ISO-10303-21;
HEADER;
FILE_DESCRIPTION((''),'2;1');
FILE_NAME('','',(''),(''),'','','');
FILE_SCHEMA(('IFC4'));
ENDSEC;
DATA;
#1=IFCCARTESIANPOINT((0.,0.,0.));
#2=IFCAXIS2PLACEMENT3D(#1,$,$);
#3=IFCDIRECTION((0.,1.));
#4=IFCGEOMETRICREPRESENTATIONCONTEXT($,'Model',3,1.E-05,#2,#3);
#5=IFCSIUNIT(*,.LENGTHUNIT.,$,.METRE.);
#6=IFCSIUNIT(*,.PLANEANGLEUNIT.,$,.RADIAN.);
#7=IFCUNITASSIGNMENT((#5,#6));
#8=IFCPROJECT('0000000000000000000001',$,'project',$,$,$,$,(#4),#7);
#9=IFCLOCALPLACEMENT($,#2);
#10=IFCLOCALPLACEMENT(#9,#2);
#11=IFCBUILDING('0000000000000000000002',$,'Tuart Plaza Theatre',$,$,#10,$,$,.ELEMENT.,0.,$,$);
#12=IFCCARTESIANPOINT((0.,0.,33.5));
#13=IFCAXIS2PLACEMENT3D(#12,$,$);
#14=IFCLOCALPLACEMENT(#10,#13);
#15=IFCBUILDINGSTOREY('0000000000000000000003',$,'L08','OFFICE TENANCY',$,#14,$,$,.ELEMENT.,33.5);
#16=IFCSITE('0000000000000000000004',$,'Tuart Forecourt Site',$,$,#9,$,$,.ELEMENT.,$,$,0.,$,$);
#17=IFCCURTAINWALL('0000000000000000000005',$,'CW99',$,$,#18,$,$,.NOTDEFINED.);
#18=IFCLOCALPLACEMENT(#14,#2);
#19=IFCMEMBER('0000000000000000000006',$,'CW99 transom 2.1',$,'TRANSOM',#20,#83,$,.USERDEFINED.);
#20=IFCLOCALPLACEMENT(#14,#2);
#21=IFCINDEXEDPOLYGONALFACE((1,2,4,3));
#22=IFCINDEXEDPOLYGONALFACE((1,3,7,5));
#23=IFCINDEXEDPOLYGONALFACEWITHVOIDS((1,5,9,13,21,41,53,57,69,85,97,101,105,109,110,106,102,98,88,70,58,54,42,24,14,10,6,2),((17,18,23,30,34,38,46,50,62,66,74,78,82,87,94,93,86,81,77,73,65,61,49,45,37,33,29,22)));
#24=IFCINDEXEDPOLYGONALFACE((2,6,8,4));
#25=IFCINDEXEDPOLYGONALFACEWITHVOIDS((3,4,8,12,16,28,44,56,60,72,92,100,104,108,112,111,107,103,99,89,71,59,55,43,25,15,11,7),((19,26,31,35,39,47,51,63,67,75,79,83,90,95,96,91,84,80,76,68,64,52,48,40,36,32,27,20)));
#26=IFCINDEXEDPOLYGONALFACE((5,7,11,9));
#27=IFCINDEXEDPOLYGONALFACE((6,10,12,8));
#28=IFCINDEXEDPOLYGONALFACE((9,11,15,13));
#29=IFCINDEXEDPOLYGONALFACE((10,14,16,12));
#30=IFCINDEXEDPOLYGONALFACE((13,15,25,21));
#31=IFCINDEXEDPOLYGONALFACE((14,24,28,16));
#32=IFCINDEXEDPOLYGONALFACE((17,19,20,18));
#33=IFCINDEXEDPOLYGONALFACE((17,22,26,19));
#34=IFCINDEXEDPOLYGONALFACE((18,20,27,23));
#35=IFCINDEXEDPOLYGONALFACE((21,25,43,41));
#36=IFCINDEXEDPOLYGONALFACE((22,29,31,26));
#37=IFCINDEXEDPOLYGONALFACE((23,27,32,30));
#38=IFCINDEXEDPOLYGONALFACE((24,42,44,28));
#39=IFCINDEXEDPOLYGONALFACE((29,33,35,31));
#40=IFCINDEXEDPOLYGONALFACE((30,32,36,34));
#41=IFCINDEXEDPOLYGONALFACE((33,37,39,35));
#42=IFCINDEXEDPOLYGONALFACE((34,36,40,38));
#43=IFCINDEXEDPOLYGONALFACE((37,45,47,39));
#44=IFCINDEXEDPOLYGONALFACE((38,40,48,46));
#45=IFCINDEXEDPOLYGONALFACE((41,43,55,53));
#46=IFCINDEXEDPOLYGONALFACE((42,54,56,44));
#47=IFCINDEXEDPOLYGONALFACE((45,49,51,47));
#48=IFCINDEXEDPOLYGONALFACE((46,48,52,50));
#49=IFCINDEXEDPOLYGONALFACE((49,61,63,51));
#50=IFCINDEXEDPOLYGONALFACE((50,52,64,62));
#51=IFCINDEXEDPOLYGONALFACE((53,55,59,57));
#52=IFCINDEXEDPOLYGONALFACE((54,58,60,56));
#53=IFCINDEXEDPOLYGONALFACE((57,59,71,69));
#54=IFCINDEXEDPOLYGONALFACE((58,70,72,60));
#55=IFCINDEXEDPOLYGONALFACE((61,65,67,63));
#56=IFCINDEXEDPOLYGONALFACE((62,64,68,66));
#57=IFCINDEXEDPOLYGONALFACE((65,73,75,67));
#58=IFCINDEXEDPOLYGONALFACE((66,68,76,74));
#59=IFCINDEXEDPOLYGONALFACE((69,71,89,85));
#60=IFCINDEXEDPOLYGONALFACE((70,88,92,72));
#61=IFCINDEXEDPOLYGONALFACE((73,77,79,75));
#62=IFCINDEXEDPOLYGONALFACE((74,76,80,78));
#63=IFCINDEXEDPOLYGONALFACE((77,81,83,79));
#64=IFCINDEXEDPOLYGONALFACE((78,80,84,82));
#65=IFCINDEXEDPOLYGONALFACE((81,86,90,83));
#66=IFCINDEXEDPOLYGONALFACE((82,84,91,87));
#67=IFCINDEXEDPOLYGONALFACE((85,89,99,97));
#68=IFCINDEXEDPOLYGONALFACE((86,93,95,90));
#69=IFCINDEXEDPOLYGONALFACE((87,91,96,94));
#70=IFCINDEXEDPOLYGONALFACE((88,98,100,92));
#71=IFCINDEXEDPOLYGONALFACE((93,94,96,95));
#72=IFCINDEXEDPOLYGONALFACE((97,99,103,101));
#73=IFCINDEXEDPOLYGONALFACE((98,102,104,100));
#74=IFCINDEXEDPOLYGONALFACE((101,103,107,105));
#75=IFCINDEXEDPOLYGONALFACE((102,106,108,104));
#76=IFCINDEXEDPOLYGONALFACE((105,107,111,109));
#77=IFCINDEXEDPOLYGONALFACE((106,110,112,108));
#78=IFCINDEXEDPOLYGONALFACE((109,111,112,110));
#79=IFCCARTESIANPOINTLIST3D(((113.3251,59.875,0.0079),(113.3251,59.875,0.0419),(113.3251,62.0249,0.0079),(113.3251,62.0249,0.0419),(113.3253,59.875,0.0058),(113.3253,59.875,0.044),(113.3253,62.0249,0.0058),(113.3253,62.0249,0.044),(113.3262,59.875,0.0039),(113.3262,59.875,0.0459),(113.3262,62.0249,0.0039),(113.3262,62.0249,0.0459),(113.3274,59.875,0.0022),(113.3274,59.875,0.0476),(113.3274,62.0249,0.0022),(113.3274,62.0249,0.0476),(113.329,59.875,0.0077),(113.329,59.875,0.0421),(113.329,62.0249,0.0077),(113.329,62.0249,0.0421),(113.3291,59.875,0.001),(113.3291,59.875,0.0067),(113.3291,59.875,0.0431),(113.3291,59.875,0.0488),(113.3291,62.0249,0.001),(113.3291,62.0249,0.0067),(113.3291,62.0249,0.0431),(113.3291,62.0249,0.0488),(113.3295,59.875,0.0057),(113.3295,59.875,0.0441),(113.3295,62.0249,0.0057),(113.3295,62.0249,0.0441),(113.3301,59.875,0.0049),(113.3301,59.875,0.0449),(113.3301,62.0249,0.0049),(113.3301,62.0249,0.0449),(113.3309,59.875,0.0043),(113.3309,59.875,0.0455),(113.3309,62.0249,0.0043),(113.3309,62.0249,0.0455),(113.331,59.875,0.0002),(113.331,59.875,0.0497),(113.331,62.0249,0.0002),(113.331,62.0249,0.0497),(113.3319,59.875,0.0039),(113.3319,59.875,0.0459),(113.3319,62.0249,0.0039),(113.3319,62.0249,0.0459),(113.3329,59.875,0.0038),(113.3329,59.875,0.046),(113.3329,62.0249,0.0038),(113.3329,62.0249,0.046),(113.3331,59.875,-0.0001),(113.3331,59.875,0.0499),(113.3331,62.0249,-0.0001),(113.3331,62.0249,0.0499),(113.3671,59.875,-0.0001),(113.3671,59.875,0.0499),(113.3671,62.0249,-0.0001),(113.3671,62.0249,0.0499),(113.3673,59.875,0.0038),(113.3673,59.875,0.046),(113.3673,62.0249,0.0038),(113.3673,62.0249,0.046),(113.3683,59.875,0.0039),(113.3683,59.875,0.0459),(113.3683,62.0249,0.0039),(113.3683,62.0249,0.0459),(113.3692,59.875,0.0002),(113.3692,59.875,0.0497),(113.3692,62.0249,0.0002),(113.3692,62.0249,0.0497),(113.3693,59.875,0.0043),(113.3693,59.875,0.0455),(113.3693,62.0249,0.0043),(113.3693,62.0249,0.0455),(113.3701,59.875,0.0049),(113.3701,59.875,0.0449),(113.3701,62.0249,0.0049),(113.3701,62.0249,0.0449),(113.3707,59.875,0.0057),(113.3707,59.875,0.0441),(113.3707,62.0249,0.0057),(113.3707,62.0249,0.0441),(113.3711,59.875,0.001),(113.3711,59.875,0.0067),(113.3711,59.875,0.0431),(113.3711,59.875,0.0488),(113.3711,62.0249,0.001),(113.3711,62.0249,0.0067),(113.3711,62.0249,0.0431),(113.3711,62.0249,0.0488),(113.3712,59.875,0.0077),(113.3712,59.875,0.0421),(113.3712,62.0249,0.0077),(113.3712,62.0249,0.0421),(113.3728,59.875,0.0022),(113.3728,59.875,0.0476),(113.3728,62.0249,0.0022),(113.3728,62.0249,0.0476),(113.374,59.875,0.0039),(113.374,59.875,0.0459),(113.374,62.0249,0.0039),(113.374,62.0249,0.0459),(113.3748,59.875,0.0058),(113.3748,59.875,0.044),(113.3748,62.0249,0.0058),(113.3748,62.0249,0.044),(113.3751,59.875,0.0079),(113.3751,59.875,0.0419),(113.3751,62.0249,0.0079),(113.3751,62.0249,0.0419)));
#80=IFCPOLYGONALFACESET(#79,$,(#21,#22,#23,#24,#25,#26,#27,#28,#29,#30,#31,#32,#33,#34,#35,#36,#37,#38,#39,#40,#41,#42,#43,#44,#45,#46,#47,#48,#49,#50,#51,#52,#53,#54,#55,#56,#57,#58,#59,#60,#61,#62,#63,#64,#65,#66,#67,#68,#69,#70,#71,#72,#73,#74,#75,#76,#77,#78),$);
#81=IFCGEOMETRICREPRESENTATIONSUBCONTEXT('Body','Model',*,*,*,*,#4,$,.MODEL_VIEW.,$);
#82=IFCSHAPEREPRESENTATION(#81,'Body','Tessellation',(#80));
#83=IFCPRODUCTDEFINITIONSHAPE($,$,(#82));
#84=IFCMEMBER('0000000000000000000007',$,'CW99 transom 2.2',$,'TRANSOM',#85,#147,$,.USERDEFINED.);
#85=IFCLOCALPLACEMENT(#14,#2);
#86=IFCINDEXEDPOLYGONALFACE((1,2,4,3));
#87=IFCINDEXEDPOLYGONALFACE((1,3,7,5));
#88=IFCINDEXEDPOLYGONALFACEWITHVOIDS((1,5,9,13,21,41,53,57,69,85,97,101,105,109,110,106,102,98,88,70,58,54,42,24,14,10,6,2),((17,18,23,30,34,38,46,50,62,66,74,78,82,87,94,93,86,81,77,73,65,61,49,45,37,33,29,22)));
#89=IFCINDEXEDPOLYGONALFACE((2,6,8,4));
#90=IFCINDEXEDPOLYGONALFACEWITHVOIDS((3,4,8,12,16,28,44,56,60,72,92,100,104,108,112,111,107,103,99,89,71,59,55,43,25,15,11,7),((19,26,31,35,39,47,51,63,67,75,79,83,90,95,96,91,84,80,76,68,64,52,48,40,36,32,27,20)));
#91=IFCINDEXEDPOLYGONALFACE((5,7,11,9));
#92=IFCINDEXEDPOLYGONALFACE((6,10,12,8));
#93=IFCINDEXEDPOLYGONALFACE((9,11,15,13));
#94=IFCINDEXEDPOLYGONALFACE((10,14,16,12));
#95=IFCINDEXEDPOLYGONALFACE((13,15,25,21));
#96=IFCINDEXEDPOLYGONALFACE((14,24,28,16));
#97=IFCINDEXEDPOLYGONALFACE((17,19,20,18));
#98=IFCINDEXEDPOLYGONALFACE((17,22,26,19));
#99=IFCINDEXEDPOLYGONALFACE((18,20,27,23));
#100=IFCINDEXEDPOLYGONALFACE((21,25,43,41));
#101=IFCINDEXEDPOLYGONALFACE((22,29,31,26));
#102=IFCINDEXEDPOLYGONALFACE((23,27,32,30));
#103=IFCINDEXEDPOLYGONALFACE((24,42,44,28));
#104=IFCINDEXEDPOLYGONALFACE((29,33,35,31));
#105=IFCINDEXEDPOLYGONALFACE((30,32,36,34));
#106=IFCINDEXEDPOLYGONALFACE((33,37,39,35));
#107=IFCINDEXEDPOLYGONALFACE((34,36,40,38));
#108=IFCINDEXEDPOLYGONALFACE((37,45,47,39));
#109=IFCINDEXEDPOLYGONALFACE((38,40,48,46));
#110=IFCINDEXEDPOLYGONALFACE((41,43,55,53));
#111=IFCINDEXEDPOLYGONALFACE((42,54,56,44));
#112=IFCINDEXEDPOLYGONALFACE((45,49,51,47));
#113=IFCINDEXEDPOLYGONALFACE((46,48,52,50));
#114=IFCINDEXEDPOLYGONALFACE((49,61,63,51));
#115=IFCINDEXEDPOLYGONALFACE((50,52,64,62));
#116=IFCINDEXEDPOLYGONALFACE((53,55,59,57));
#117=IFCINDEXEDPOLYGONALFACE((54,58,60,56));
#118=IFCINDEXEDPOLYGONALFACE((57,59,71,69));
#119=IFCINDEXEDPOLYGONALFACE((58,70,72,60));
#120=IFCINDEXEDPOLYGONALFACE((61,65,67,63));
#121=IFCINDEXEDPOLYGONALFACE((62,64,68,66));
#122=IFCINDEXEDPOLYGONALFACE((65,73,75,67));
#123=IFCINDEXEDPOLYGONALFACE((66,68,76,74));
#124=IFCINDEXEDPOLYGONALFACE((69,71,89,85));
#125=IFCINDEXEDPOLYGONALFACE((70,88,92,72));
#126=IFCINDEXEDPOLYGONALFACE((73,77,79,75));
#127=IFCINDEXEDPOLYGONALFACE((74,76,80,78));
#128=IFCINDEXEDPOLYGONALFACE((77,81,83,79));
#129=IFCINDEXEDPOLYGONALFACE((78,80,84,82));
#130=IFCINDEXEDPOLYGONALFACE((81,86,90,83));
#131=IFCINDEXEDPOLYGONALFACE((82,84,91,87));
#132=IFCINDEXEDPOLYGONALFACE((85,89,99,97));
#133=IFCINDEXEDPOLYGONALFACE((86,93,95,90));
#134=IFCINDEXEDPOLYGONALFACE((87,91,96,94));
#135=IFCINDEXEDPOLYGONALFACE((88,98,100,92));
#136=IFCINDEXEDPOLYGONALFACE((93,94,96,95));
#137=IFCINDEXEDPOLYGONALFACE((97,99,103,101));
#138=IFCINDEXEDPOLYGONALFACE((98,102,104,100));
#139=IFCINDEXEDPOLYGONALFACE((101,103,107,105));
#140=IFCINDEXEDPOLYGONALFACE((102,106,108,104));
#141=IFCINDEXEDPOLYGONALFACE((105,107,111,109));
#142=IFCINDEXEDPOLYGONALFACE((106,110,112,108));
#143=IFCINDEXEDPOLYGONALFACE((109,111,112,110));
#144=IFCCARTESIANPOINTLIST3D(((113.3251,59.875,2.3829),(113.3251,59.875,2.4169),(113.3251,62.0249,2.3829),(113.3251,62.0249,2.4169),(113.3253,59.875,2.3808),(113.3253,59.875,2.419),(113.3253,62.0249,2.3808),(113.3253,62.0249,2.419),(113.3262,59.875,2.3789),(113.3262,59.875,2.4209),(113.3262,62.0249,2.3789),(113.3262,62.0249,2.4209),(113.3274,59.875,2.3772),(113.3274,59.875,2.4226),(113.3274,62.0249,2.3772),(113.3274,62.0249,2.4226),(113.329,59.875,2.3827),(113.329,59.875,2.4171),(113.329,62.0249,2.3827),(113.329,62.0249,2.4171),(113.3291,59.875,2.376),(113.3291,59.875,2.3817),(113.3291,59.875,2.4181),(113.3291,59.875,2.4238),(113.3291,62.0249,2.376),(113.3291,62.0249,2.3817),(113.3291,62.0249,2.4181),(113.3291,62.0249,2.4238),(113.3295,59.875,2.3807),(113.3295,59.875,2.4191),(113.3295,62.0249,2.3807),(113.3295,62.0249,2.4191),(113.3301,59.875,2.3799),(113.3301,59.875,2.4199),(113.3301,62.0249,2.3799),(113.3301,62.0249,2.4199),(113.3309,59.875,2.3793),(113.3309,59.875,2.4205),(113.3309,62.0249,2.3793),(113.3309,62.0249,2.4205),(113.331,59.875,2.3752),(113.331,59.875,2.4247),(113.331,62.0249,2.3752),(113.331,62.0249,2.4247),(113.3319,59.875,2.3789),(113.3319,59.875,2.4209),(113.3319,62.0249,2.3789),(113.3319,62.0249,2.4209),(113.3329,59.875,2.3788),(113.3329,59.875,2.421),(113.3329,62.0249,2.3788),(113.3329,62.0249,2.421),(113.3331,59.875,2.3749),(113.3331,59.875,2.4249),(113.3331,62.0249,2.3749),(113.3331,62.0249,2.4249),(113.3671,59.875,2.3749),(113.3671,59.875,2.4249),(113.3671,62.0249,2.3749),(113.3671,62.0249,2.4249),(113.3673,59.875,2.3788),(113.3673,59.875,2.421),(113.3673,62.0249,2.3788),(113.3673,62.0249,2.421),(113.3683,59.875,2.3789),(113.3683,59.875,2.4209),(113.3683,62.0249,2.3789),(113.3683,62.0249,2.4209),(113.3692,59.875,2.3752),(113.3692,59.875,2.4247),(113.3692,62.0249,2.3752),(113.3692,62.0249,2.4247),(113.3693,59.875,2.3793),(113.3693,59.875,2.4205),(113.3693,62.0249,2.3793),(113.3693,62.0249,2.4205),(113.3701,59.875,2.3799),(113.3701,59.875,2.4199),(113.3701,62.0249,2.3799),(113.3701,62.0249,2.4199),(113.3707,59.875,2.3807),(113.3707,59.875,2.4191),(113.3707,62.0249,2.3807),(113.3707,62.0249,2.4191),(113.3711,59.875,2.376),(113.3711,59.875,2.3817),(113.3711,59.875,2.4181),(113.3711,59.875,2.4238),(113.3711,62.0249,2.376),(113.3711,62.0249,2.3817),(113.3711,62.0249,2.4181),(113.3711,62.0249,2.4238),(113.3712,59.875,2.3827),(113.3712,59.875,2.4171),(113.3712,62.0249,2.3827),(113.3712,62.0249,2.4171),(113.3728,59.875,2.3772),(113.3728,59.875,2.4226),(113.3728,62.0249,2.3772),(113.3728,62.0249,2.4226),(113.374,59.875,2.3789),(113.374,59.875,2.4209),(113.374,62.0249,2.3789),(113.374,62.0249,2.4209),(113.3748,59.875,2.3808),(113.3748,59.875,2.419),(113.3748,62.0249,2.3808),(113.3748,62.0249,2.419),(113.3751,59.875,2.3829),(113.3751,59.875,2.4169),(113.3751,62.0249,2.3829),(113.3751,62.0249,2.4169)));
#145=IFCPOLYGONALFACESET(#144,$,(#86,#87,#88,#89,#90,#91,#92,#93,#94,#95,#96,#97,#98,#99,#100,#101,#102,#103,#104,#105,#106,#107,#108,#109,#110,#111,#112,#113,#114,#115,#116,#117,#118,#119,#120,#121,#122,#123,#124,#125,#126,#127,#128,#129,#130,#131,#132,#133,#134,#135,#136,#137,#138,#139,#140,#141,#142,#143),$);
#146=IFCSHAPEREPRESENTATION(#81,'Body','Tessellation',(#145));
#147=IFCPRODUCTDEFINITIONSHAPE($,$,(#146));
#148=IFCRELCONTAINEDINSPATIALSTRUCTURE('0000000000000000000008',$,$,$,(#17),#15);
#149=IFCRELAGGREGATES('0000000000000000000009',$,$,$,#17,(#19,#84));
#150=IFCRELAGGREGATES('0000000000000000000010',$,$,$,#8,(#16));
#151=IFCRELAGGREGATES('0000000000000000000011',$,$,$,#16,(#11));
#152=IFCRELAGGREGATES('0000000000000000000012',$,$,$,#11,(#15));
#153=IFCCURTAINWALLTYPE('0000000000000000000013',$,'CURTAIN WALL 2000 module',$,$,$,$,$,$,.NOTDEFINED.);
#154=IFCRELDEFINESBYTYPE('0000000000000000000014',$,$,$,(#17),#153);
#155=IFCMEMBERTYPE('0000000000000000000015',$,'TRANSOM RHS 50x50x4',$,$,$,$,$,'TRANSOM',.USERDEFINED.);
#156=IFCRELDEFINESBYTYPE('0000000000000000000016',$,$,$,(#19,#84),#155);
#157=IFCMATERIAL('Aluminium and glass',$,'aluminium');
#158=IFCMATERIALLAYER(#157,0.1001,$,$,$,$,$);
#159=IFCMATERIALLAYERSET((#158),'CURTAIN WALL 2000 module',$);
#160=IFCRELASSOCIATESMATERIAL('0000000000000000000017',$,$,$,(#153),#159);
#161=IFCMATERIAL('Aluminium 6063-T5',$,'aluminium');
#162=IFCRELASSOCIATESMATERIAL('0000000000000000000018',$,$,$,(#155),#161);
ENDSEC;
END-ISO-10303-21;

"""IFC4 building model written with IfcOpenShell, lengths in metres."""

from ifc_helpers import new_model, si_unit, direction, frame, origin, origin_2d, place, context, subcontext, project, spatial, hollow_rectangle, extrude, material, layer, layer_set, material_profile, profile_set, type_object, element, aggregate, save


model = new_model("IFC4")

# Units and contexts
model_context = context("Model", 3, precision=1e-05, world=origin(), true_north=direction((0.0, 1.0)))
body_context = subcontext(model_context, "Body", "Model", "MODEL_VIEW")
ifc_project = project(units=[si_unit("LENGTHUNIT", "METRE"), si_unit("PLANEANGLEUNIT", "RADIAN")], contexts=[model_context])

# Site, building, storey
site_placement = place(None, origin())
site = spatial("IfcSite", under=ifc_project, at=site_placement, Name="Tuart Forecourt Site", CompositionType="ELEMENT", RefElevation=0.0)
building_placement = place(site_placement, origin())
building = spatial("IfcBuilding", under=site, at=building_placement, Name="Tuart Plaza Theatre", CompositionType="ELEMENT", ElevationOfRefHeight=0.0)
storey_placement = place(building_placement, frame((0.0, 0.0, 33.5)))
storey = spatial("IfcBuildingStorey", under=building, at=storey_placement, Name="L08", Description="OFFICE TENANCY", CompositionType="ELEMENT", Elevation=33.5)

# Shared definitions
ifc_material_1 = material(Name="Aluminium and glass", Category="aluminium")
ifc_layer_1 = layer(ifc_material_1, 0.1001)
ifc_layer_set_1 = layer_set([ifc_layer_1], Name="CURTAIN WALL 2000 module")
curtain_wall_type = type_object("IfcCurtainWallType", Name="CURTAIN WALL 2000 module", PredefinedType="NOTDEFINED", material=ifc_layer_set_1)

# Curtain wall
curtain_wall_1_placement = place(storey_placement, origin())
curtain_wall_1 = element("IfcCurtainWall", 1, at=curtain_wall_1_placement, inside=storey, type_object=curtain_wall_type, Name="CW99", PredefinedType="NOTDEFINED")

# Members
ifc_material_2 = material(Name="Aluminium 6063-T5", Category="aluminium")
ifc_material_profile_1 = material_profile(ifc_material_2, hollow_rectangle(XDim=0.05, YDim=0.05, WallThickness=0.0039, InnerFilletRadius=0.0039, OuterFilletRadius=0.0081, at=origin_2d()), Name="RHS 50x50x4")
ifc_profile_set_1 = profile_set([ifc_material_profile_1], Name="Aluminium 6063-T5")
member_type_1 = type_object("IfcMemberType", Name="TRANSOM RHS 50x50x4", ElementType="TRANSOM", PredefinedType="USERDEFINED", material=ifc_profile_set_1)
member_1_placement = place(storey_placement, frame((113.3501, 62.0249, 0.0249), z_axis=(0.0, -1.0, 0.0), x_axis=(1.0, 0.0, 0.0)))
member_1 = element("IfcMember", 2, at=member_1_placement, type_object=member_type_1, Name="CW99 transom 2.1", ObjectType="TRANSOM", PredefinedType="USERDEFINED", context=body_context, shape_type="SweptSolid", body=[
    extrude(hollow_rectangle(XDim=0.05, YDim=0.05, WallThickness=0.0039, InnerFilletRadius=0.0039, OuterFilletRadius=0.0081, at=origin_2d()), origin(), (0.0, 0.0, 1.0), 2.1499),
])
member_2_placement = place(storey_placement, frame((113.3501, 62.0249, 2.3999), z_axis=(0.0, -1.0, 0.0), x_axis=(1.0, 0.0, 0.0)))
member_2 = element("IfcMember", 3, at=member_2_placement, type_object=member_type_1, Name="CW99 transom 2.2", ObjectType="TRANSOM", PredefinedType="USERDEFINED", context=body_context, shape_type="SweptSolid", body=[
    extrude(hollow_rectangle(XDim=0.05, YDim=0.05, WallThickness=0.0039, InnerFilletRadius=0.0039, OuterFilletRadius=0.0081, at=origin_2d()), origin(), (0.0, 0.0, 1.0), 2.1499),
])

aggregate(curtain_wall_1, [member_1, member_2])

save(model, "model.ifc")
